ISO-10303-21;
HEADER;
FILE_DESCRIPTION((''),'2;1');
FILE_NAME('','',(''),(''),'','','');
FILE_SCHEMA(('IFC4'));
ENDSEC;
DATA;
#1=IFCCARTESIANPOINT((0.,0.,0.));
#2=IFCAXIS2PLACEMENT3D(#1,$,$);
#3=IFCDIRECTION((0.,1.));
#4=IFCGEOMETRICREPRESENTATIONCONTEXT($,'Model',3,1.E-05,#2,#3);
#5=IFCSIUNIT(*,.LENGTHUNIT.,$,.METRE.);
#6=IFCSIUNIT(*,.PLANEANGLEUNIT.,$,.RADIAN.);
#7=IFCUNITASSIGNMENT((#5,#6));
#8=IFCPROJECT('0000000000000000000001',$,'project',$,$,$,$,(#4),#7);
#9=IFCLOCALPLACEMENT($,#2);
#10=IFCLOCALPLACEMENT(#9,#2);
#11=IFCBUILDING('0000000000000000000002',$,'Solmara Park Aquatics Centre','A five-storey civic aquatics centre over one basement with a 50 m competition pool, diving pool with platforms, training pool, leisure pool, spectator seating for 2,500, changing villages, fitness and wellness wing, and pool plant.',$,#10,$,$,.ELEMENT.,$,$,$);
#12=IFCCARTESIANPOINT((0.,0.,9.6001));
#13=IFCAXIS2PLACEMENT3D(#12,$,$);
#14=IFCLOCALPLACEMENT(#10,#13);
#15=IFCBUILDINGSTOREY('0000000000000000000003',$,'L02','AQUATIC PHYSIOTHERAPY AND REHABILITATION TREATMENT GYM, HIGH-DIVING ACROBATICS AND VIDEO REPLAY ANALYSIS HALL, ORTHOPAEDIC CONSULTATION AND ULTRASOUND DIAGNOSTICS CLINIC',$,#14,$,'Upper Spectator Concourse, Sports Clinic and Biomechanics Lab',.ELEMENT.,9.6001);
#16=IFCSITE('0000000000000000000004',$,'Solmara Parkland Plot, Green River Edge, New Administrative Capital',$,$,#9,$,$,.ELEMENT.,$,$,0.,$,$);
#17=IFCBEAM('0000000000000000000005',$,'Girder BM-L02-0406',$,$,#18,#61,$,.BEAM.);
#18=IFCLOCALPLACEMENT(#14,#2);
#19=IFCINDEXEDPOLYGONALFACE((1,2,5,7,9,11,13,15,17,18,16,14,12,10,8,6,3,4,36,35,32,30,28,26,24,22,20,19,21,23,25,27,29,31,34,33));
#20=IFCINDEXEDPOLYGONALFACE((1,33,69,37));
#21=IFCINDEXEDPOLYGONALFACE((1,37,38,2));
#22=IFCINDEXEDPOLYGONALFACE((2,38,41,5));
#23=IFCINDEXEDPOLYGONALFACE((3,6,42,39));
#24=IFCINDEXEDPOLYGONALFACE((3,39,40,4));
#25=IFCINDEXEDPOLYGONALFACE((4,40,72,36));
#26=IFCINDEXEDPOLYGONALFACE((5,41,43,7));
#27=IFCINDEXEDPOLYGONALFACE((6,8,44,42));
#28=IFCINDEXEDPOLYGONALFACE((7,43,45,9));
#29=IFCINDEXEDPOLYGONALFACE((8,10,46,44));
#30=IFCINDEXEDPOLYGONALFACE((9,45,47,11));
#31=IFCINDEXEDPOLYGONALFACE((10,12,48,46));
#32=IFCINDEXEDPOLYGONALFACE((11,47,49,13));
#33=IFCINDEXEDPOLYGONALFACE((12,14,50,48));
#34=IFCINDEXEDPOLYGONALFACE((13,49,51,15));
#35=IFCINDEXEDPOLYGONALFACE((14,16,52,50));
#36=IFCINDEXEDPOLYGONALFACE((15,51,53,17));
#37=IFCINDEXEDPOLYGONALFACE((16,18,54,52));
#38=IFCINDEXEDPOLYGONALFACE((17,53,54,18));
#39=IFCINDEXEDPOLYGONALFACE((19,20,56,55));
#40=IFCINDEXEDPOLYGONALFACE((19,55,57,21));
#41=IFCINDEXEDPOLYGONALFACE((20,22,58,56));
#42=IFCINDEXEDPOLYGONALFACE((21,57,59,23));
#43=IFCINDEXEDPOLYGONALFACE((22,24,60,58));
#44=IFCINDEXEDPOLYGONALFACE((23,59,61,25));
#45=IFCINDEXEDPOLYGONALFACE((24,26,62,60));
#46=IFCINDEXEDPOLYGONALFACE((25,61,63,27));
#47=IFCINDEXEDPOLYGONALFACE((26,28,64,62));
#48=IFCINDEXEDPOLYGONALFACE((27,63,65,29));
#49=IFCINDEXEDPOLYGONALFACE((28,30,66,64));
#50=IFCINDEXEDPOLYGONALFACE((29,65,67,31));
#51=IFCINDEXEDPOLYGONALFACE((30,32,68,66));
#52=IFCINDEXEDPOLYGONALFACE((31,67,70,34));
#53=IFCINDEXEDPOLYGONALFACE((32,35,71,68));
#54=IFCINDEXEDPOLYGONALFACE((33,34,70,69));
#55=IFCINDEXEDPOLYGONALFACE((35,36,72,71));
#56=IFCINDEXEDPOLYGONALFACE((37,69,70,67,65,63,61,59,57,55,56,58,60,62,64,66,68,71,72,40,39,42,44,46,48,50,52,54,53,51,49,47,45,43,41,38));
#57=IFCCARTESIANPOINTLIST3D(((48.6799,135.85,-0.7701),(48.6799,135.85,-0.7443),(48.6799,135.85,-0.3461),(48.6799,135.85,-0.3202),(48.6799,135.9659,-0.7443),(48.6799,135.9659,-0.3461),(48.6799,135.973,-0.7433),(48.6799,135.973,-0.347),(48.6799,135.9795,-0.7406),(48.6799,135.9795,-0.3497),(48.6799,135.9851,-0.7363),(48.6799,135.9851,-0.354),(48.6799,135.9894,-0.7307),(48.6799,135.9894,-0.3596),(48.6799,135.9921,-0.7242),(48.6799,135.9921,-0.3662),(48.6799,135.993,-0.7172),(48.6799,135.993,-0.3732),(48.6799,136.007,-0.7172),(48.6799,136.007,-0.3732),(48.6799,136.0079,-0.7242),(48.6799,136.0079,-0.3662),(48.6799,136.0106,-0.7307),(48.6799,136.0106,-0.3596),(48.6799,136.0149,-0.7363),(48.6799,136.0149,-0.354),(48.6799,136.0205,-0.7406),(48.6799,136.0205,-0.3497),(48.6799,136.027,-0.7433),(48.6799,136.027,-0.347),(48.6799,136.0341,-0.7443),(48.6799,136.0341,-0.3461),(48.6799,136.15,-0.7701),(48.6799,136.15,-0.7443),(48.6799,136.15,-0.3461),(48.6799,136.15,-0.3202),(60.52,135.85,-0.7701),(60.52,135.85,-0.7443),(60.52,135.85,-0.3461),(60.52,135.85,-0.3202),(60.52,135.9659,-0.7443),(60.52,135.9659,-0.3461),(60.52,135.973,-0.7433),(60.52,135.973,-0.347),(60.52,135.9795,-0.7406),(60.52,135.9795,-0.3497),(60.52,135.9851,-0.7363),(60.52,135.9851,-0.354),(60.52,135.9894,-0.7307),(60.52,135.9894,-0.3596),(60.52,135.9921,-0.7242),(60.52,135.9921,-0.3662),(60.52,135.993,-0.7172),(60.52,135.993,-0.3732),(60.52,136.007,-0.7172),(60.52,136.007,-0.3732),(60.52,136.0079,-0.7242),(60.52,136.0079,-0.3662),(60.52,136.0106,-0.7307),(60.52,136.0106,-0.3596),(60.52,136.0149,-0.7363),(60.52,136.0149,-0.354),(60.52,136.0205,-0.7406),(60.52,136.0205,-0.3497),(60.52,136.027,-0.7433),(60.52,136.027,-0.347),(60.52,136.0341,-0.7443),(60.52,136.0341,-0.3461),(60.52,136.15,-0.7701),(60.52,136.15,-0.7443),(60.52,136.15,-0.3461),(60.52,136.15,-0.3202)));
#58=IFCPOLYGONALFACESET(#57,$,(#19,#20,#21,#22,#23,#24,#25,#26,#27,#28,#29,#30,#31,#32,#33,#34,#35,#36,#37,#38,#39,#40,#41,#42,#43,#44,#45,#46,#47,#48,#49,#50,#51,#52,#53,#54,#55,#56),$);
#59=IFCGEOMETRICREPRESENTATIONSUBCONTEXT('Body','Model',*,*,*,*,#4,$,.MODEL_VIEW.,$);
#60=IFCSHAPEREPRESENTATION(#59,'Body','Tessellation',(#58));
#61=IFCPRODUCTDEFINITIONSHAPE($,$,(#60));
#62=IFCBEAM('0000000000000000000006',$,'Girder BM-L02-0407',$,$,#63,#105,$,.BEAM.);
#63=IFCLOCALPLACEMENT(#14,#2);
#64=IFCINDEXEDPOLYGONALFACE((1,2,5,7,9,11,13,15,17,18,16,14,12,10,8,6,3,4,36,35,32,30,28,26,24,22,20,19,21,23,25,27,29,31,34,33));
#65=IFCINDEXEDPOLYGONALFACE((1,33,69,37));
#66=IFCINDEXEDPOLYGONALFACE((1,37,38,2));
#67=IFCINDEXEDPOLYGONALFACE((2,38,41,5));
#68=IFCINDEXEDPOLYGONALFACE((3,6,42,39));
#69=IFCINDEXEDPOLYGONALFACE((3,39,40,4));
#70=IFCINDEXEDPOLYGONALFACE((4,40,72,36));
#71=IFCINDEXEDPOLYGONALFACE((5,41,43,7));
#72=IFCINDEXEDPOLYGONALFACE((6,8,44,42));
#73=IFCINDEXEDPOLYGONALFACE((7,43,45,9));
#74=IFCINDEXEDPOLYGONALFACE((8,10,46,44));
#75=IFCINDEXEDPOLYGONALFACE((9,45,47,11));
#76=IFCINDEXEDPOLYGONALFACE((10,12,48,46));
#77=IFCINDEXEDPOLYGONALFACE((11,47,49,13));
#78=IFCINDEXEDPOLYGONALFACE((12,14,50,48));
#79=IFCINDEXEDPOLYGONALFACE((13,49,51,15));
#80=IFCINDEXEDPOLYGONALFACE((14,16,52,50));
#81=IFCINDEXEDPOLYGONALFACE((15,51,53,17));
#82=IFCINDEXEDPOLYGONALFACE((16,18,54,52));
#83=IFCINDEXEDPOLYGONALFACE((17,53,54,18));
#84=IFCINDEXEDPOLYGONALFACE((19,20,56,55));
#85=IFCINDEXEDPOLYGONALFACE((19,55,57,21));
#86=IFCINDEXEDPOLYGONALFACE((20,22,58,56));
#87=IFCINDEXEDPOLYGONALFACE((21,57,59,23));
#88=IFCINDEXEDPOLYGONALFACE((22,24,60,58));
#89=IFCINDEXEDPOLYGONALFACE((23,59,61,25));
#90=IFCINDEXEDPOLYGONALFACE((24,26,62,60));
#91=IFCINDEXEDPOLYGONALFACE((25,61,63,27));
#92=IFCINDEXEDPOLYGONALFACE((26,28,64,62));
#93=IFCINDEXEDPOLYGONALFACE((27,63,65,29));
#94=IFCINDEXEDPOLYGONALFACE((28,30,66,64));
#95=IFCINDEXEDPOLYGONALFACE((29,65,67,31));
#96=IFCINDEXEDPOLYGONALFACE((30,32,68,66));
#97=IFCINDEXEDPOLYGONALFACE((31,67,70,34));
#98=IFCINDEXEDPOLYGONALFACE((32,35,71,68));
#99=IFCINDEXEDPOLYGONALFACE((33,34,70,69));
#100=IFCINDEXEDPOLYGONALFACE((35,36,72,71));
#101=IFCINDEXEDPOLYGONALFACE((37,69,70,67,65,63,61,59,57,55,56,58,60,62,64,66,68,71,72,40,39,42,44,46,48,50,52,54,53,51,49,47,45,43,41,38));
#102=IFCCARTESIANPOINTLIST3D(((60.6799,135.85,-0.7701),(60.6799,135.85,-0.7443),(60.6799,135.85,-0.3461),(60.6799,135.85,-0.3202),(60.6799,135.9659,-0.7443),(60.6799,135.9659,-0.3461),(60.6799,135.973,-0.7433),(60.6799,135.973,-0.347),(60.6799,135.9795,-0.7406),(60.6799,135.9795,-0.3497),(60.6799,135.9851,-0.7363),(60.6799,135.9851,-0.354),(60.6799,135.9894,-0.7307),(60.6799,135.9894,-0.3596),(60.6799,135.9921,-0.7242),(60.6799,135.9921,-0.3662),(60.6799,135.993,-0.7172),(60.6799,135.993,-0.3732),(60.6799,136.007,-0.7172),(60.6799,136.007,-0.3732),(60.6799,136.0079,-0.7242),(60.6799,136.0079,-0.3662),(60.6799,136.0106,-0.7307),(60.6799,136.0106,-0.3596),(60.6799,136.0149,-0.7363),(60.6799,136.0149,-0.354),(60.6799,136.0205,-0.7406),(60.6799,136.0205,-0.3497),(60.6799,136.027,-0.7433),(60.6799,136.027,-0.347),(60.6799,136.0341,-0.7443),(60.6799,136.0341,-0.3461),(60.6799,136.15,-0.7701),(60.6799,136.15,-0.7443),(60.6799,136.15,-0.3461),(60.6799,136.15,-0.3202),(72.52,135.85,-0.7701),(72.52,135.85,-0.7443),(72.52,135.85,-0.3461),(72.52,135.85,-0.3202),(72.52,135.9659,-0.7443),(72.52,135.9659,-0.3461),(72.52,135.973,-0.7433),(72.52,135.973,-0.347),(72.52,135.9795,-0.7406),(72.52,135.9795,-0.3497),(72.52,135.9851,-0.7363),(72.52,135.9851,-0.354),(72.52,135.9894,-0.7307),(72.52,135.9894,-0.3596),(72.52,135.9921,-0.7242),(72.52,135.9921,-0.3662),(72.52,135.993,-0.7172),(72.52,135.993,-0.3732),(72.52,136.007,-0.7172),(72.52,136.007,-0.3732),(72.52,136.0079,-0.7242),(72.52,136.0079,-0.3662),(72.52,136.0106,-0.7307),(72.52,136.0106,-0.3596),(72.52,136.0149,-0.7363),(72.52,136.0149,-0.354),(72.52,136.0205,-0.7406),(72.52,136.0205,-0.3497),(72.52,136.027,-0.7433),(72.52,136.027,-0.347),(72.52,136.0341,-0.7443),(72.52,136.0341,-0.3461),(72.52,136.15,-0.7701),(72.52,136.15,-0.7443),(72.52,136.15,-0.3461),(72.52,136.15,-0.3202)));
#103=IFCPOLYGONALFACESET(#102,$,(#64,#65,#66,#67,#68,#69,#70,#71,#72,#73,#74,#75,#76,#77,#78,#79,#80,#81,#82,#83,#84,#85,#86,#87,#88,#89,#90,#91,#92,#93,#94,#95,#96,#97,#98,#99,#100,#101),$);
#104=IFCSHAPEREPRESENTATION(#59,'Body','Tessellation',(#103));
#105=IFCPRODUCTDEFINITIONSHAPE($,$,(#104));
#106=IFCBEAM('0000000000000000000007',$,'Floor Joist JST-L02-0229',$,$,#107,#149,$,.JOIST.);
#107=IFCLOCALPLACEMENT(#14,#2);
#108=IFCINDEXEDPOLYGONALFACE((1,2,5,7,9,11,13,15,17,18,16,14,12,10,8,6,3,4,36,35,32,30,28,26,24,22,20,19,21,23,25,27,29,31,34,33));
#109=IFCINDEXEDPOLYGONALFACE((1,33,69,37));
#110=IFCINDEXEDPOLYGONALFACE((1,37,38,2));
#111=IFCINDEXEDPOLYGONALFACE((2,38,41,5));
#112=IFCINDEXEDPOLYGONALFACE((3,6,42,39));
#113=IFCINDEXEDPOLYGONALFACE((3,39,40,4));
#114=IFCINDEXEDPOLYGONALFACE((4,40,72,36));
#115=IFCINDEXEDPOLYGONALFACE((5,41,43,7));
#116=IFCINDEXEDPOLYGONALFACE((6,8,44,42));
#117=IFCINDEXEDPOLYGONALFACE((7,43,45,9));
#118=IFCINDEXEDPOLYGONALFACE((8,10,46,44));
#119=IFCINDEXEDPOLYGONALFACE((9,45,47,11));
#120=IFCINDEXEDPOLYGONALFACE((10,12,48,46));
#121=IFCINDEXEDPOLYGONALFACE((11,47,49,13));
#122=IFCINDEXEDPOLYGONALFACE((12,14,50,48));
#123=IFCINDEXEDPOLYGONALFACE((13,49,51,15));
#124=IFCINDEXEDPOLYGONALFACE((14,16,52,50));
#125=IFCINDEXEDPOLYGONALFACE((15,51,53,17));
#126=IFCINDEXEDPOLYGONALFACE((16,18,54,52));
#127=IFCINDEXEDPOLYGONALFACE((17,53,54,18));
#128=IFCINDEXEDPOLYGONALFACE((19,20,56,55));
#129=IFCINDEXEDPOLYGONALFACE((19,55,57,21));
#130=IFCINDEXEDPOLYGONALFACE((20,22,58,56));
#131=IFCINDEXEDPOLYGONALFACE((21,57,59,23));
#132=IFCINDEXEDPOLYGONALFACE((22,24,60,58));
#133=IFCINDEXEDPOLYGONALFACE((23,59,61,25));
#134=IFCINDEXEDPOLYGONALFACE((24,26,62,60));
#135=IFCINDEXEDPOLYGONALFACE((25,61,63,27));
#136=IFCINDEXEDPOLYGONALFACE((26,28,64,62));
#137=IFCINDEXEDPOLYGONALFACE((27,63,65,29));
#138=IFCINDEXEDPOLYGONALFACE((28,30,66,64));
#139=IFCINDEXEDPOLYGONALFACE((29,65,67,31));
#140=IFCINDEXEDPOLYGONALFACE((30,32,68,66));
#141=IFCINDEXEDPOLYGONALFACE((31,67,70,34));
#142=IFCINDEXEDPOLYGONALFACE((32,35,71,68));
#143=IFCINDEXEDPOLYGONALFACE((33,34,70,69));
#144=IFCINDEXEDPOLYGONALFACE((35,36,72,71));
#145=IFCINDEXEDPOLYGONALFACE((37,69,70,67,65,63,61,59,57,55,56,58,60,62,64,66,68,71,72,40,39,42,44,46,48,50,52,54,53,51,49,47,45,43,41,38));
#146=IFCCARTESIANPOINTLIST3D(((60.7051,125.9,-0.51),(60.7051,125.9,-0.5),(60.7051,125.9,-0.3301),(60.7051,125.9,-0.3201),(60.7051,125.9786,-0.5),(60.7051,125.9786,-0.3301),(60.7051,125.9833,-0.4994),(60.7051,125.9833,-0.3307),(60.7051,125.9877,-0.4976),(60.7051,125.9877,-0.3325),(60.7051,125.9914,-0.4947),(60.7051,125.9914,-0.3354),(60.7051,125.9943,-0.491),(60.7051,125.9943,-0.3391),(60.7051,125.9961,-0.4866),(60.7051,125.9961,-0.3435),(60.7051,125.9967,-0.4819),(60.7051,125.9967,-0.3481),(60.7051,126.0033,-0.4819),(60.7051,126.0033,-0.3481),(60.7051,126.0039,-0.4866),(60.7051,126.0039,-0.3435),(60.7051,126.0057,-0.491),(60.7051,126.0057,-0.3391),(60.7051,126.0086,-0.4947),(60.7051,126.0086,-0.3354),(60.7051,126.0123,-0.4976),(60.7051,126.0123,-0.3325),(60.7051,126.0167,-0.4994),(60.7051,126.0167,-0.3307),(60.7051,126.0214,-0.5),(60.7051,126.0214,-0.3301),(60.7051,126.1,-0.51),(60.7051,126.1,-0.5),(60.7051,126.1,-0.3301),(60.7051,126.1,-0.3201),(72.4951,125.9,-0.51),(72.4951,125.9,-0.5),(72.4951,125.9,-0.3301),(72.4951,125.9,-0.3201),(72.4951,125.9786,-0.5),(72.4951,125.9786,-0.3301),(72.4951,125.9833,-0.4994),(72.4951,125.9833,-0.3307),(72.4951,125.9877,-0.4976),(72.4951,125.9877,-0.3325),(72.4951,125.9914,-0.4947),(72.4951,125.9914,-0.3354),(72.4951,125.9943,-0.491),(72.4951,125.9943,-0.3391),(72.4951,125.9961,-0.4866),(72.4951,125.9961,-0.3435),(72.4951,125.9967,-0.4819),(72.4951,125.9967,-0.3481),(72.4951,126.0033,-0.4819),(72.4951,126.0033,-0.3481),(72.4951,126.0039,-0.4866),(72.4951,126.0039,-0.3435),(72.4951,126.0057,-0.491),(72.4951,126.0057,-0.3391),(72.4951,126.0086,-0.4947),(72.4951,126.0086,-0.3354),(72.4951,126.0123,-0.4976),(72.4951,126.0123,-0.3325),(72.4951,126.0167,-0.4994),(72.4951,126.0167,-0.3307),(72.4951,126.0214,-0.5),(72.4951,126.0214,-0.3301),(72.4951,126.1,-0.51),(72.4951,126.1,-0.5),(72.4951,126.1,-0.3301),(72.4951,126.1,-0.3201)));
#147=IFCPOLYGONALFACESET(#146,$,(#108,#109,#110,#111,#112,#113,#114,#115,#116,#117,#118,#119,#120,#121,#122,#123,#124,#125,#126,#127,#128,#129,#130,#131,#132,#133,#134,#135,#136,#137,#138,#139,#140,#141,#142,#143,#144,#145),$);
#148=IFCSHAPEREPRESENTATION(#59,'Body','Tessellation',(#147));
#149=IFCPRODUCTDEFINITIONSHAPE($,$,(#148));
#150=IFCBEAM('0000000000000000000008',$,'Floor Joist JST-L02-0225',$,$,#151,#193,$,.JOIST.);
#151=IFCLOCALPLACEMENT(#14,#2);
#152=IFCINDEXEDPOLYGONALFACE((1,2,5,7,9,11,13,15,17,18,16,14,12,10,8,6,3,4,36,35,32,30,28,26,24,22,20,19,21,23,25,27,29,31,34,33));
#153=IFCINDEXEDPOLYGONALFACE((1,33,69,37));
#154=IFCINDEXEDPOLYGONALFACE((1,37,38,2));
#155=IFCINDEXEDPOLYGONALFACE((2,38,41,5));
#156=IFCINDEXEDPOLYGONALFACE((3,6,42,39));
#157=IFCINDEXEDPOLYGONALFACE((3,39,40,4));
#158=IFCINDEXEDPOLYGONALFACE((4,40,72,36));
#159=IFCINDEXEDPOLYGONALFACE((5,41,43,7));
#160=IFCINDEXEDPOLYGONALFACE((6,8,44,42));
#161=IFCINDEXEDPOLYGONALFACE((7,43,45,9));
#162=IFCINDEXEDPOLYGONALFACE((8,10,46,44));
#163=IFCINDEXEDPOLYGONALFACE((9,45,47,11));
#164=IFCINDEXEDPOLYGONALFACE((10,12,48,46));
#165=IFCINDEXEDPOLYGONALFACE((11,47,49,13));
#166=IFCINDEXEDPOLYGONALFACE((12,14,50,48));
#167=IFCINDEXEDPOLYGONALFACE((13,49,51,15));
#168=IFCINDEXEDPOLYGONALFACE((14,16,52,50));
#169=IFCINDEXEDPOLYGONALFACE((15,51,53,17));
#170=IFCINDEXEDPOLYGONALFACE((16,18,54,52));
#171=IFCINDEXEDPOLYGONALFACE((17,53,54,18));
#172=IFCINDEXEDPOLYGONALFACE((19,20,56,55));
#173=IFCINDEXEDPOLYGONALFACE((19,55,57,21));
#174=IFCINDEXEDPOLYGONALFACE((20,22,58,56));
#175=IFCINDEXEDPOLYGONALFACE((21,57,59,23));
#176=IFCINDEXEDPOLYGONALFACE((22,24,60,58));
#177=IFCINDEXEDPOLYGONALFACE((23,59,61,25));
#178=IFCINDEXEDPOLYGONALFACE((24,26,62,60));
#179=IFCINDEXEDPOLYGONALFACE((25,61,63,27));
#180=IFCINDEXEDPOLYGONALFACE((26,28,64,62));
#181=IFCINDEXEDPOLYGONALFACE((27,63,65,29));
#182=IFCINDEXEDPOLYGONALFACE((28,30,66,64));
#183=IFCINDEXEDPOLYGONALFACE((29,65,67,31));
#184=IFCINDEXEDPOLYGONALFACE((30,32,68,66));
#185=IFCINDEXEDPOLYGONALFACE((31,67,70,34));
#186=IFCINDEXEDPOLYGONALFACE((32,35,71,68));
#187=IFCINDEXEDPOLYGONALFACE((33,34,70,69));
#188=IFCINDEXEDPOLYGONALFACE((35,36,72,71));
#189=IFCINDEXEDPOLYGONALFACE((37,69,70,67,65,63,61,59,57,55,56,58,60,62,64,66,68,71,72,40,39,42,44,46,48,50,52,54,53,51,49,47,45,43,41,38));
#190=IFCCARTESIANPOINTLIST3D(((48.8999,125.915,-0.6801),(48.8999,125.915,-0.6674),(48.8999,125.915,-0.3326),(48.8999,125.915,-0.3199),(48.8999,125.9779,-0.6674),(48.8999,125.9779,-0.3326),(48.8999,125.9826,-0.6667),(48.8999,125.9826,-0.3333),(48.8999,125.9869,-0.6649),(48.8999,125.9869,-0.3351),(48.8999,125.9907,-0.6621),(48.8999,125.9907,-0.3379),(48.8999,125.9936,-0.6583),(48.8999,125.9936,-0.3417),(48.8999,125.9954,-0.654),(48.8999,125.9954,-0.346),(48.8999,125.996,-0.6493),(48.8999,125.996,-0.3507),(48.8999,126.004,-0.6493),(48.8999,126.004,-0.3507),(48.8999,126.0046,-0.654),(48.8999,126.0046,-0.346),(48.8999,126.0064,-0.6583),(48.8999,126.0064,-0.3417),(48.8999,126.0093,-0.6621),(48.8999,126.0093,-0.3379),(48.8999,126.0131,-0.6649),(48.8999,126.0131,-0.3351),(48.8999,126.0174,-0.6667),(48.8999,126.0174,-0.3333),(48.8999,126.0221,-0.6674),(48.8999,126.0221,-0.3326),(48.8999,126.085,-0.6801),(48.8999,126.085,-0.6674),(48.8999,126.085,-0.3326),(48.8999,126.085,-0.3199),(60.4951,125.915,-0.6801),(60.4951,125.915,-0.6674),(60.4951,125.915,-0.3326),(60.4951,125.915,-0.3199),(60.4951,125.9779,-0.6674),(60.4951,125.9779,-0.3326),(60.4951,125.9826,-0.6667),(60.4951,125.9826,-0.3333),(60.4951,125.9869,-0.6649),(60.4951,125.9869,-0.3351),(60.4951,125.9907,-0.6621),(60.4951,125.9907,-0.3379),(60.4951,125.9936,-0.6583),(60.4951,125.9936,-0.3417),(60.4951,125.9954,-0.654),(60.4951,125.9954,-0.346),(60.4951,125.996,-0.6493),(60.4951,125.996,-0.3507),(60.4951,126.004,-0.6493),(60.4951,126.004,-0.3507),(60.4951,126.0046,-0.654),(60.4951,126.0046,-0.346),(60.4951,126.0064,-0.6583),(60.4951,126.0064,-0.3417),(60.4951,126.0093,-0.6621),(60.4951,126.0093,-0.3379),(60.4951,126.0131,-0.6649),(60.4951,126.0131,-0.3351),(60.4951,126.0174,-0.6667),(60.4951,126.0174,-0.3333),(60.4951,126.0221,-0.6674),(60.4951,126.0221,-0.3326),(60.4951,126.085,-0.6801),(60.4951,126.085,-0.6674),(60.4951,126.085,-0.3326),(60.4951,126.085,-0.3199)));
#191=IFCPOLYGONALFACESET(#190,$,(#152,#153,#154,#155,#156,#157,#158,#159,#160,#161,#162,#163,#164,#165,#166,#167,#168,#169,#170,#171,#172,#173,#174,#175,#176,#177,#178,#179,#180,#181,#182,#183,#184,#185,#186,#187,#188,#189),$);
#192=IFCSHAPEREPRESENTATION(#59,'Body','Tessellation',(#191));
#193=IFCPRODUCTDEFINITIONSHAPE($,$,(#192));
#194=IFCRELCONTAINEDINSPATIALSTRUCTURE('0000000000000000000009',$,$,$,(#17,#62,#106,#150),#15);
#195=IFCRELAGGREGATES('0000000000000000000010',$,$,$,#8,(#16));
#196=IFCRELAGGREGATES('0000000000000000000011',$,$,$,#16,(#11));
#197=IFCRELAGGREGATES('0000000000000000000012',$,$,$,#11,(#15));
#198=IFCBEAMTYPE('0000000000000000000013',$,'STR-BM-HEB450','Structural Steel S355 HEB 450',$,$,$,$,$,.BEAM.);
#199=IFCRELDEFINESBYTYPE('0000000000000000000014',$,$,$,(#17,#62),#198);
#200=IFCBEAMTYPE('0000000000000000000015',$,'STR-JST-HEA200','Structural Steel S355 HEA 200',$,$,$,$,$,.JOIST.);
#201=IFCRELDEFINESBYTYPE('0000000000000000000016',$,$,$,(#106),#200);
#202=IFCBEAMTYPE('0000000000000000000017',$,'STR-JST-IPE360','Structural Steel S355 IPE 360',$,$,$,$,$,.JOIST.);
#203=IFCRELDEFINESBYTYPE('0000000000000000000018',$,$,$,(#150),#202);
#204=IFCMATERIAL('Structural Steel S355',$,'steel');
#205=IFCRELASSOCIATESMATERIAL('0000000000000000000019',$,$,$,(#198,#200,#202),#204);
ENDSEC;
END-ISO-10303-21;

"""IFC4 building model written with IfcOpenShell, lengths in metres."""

from ifc_helpers import new_model, si_unit, direction, frame, origin, origin_2d, place, context, subcontext, project, spatial, i_section, extrude, material, material_profile, profile_set, type_object, element, save


model = new_model("IFC4")

# Units and contexts
model_context = context("Model", 3, precision=1e-05, world=origin(), true_north=direction((0.0, 1.0)))
body_context = subcontext(model_context, "Body", "Model", "MODEL_VIEW")
ifc_project = project(units=[si_unit("LENGTHUNIT", "METRE"), si_unit("PLANEANGLEUNIT", "RADIAN")], contexts=[model_context])

# Site, building, storey
site_placement = place(None, origin())
site = spatial("IfcSite", under=ifc_project, at=site_placement, Name="Solmara Parkland Plot, Green River Edge, New Administrative Capital", CompositionType="ELEMENT", RefElevation=0.0)
building_placement = place(site_placement, origin())
building = spatial("IfcBuilding", under=site, at=building_placement, Name="Solmara Park Aquatics Centre", Description="A five-storey civic aquatics centre over one basement with a 50 m competition pool, diving pool with platforms, training pool, leisure pool, spectator seating for 2,500, changing villages, fitness and wellness wing, and pool plant.", CompositionType="ELEMENT")
storey_placement = place(building_placement, frame((0.0, 0.0, 9.6001)))
storey = spatial("IfcBuildingStorey", under=building, at=storey_placement, Name="L02", Description="AQUATIC PHYSIOTHERAPY AND REHABILITATION TREATMENT GYM, HIGH-DIVING ACROBATICS AND VIDEO REPLAY ANALYSIS HALL, ORTHOPAEDIC CONSULTATION AND ULTRASOUND DIAGNOSTICS CLINIC", LongName="Upper Spectator Concourse, Sports Clinic and Biomechanics Lab", CompositionType="ELEMENT", Elevation=9.6001)

# Beams
ifc_material_1 = material(Name="Structural Steel S355", Category="steel")
ifc_material_profile_1 = material_profile(ifc_material_1, i_section(OverallWidth=0.3, OverallDepth=0.45, WebThickness=0.0139, FlangeThickness=0.0259, FilletRadius=0.0271, at=origin_2d()), Name="HEB 450")
ifc_profile_set_1 = profile_set([ifc_material_profile_1], Name="Structural Steel S355")
beam_type_1 = type_object("IfcBeamType", Name="STR-BM-HEB450", Description="Structural Steel S355 HEB 450", PredefinedType="BEAM", material=ifc_profile_set_1)
for number, where, z_axis, x_axis, name in (
    (1, (48.6799, 136.0, -0.5452), (1.0, 0.0, 0.0), (0.0, 1.0, 0.0), "Girder BM-L02-0406"),
    (2, (60.6799, 136.0, -0.5452), (1.0, 0.0, 0.0), (0.0, 1.0, 0.0), "Girder BM-L02-0407"),
):
    element("IfcBeam", number, at=place(storey_placement, frame(where, z_axis=z_axis, x_axis=x_axis)), inside=storey, type_object=beam_type_1, Name=name, PredefinedType="BEAM", context=body_context, shape_type="SweptSolid", body=[
        extrude(i_section(OverallWidth=0.3, OverallDepth=0.45, WebThickness=0.0139, FlangeThickness=0.0259, FilletRadius=0.0271, at=origin_2d()), origin(), (0.0, 0.0, 1.0), 11.8401),
    ])
ifc_material_profile_2 = material_profile(ifc_material_1, i_section(OverallWidth=0.2, OverallDepth=0.1899, WebThickness=0.0066, FlangeThickness=0.01, FilletRadius=0.0181, at=origin_2d()), Name="HEA 200")
ifc_profile_set_2 = profile_set([ifc_material_profile_2], Name="Structural Steel S355")
beam_type_2 = type_object("IfcBeamType", Name="STR-JST-HEA200", Description="Structural Steel S355 HEA 200", PredefinedType="JOIST", material=ifc_profile_set_2)
beam_1_placement = place(storey_placement, frame((60.7051, 126.0, -0.415), z_axis=(1.0, 0.0, 0.0), x_axis=(0.0, 1.0, 0.0)))
element("IfcBeam", 3, at=beam_1_placement, inside=storey, type_object=beam_type_2, Name="Floor Joist JST-L02-0229", PredefinedType="JOIST", context=body_context, shape_type="SweptSolid", body=[
    extrude(i_section(OverallWidth=0.2, OverallDepth=0.1899, WebThickness=0.0066, FlangeThickness=0.01, FilletRadius=0.0181, at=origin_2d()), origin(), (0.0, 0.0, 1.0), 11.79),
])
ifc_material_profile_3 = material_profile(ifc_material_1, i_section(OverallWidth=0.1699, OverallDepth=0.3601, WebThickness=0.0081, FlangeThickness=0.0127, FilletRadius=0.0181, at=origin_2d()), Name="IPE 360")
ifc_profile_set_3 = profile_set([ifc_material_profile_3], Name="Structural Steel S355")
beam_type_3 = type_object("IfcBeamType", Name="STR-JST-IPE360", Description="Structural Steel S355 IPE 360", PredefinedType="JOIST", material=ifc_profile_set_3)
for number, where, z_axis, x_axis, name in (
    (4, (48.8999, 126.0, -0.5), (1.0, 0.0, 0.0), (0.0, 1.0, 0.0), "Floor Joist JST-L02-0225"),
):
    element("IfcBeam", number, at=place(storey_placement, frame(where, z_axis=z_axis, x_axis=x_axis)), inside=storey, type_object=beam_type_3, Name=name, PredefinedType="JOIST", context=body_context, shape_type="SweptSolid", body=[
        extrude(i_section(OverallWidth=0.1699, OverallDepth=0.3601, WebThickness=0.0081, FlangeThickness=0.0127, FilletRadius=0.0181, at=origin_2d()), origin(), (0.0, 0.0, 1.0), 11.5952),
    ])

save(model, "model.ifc")
